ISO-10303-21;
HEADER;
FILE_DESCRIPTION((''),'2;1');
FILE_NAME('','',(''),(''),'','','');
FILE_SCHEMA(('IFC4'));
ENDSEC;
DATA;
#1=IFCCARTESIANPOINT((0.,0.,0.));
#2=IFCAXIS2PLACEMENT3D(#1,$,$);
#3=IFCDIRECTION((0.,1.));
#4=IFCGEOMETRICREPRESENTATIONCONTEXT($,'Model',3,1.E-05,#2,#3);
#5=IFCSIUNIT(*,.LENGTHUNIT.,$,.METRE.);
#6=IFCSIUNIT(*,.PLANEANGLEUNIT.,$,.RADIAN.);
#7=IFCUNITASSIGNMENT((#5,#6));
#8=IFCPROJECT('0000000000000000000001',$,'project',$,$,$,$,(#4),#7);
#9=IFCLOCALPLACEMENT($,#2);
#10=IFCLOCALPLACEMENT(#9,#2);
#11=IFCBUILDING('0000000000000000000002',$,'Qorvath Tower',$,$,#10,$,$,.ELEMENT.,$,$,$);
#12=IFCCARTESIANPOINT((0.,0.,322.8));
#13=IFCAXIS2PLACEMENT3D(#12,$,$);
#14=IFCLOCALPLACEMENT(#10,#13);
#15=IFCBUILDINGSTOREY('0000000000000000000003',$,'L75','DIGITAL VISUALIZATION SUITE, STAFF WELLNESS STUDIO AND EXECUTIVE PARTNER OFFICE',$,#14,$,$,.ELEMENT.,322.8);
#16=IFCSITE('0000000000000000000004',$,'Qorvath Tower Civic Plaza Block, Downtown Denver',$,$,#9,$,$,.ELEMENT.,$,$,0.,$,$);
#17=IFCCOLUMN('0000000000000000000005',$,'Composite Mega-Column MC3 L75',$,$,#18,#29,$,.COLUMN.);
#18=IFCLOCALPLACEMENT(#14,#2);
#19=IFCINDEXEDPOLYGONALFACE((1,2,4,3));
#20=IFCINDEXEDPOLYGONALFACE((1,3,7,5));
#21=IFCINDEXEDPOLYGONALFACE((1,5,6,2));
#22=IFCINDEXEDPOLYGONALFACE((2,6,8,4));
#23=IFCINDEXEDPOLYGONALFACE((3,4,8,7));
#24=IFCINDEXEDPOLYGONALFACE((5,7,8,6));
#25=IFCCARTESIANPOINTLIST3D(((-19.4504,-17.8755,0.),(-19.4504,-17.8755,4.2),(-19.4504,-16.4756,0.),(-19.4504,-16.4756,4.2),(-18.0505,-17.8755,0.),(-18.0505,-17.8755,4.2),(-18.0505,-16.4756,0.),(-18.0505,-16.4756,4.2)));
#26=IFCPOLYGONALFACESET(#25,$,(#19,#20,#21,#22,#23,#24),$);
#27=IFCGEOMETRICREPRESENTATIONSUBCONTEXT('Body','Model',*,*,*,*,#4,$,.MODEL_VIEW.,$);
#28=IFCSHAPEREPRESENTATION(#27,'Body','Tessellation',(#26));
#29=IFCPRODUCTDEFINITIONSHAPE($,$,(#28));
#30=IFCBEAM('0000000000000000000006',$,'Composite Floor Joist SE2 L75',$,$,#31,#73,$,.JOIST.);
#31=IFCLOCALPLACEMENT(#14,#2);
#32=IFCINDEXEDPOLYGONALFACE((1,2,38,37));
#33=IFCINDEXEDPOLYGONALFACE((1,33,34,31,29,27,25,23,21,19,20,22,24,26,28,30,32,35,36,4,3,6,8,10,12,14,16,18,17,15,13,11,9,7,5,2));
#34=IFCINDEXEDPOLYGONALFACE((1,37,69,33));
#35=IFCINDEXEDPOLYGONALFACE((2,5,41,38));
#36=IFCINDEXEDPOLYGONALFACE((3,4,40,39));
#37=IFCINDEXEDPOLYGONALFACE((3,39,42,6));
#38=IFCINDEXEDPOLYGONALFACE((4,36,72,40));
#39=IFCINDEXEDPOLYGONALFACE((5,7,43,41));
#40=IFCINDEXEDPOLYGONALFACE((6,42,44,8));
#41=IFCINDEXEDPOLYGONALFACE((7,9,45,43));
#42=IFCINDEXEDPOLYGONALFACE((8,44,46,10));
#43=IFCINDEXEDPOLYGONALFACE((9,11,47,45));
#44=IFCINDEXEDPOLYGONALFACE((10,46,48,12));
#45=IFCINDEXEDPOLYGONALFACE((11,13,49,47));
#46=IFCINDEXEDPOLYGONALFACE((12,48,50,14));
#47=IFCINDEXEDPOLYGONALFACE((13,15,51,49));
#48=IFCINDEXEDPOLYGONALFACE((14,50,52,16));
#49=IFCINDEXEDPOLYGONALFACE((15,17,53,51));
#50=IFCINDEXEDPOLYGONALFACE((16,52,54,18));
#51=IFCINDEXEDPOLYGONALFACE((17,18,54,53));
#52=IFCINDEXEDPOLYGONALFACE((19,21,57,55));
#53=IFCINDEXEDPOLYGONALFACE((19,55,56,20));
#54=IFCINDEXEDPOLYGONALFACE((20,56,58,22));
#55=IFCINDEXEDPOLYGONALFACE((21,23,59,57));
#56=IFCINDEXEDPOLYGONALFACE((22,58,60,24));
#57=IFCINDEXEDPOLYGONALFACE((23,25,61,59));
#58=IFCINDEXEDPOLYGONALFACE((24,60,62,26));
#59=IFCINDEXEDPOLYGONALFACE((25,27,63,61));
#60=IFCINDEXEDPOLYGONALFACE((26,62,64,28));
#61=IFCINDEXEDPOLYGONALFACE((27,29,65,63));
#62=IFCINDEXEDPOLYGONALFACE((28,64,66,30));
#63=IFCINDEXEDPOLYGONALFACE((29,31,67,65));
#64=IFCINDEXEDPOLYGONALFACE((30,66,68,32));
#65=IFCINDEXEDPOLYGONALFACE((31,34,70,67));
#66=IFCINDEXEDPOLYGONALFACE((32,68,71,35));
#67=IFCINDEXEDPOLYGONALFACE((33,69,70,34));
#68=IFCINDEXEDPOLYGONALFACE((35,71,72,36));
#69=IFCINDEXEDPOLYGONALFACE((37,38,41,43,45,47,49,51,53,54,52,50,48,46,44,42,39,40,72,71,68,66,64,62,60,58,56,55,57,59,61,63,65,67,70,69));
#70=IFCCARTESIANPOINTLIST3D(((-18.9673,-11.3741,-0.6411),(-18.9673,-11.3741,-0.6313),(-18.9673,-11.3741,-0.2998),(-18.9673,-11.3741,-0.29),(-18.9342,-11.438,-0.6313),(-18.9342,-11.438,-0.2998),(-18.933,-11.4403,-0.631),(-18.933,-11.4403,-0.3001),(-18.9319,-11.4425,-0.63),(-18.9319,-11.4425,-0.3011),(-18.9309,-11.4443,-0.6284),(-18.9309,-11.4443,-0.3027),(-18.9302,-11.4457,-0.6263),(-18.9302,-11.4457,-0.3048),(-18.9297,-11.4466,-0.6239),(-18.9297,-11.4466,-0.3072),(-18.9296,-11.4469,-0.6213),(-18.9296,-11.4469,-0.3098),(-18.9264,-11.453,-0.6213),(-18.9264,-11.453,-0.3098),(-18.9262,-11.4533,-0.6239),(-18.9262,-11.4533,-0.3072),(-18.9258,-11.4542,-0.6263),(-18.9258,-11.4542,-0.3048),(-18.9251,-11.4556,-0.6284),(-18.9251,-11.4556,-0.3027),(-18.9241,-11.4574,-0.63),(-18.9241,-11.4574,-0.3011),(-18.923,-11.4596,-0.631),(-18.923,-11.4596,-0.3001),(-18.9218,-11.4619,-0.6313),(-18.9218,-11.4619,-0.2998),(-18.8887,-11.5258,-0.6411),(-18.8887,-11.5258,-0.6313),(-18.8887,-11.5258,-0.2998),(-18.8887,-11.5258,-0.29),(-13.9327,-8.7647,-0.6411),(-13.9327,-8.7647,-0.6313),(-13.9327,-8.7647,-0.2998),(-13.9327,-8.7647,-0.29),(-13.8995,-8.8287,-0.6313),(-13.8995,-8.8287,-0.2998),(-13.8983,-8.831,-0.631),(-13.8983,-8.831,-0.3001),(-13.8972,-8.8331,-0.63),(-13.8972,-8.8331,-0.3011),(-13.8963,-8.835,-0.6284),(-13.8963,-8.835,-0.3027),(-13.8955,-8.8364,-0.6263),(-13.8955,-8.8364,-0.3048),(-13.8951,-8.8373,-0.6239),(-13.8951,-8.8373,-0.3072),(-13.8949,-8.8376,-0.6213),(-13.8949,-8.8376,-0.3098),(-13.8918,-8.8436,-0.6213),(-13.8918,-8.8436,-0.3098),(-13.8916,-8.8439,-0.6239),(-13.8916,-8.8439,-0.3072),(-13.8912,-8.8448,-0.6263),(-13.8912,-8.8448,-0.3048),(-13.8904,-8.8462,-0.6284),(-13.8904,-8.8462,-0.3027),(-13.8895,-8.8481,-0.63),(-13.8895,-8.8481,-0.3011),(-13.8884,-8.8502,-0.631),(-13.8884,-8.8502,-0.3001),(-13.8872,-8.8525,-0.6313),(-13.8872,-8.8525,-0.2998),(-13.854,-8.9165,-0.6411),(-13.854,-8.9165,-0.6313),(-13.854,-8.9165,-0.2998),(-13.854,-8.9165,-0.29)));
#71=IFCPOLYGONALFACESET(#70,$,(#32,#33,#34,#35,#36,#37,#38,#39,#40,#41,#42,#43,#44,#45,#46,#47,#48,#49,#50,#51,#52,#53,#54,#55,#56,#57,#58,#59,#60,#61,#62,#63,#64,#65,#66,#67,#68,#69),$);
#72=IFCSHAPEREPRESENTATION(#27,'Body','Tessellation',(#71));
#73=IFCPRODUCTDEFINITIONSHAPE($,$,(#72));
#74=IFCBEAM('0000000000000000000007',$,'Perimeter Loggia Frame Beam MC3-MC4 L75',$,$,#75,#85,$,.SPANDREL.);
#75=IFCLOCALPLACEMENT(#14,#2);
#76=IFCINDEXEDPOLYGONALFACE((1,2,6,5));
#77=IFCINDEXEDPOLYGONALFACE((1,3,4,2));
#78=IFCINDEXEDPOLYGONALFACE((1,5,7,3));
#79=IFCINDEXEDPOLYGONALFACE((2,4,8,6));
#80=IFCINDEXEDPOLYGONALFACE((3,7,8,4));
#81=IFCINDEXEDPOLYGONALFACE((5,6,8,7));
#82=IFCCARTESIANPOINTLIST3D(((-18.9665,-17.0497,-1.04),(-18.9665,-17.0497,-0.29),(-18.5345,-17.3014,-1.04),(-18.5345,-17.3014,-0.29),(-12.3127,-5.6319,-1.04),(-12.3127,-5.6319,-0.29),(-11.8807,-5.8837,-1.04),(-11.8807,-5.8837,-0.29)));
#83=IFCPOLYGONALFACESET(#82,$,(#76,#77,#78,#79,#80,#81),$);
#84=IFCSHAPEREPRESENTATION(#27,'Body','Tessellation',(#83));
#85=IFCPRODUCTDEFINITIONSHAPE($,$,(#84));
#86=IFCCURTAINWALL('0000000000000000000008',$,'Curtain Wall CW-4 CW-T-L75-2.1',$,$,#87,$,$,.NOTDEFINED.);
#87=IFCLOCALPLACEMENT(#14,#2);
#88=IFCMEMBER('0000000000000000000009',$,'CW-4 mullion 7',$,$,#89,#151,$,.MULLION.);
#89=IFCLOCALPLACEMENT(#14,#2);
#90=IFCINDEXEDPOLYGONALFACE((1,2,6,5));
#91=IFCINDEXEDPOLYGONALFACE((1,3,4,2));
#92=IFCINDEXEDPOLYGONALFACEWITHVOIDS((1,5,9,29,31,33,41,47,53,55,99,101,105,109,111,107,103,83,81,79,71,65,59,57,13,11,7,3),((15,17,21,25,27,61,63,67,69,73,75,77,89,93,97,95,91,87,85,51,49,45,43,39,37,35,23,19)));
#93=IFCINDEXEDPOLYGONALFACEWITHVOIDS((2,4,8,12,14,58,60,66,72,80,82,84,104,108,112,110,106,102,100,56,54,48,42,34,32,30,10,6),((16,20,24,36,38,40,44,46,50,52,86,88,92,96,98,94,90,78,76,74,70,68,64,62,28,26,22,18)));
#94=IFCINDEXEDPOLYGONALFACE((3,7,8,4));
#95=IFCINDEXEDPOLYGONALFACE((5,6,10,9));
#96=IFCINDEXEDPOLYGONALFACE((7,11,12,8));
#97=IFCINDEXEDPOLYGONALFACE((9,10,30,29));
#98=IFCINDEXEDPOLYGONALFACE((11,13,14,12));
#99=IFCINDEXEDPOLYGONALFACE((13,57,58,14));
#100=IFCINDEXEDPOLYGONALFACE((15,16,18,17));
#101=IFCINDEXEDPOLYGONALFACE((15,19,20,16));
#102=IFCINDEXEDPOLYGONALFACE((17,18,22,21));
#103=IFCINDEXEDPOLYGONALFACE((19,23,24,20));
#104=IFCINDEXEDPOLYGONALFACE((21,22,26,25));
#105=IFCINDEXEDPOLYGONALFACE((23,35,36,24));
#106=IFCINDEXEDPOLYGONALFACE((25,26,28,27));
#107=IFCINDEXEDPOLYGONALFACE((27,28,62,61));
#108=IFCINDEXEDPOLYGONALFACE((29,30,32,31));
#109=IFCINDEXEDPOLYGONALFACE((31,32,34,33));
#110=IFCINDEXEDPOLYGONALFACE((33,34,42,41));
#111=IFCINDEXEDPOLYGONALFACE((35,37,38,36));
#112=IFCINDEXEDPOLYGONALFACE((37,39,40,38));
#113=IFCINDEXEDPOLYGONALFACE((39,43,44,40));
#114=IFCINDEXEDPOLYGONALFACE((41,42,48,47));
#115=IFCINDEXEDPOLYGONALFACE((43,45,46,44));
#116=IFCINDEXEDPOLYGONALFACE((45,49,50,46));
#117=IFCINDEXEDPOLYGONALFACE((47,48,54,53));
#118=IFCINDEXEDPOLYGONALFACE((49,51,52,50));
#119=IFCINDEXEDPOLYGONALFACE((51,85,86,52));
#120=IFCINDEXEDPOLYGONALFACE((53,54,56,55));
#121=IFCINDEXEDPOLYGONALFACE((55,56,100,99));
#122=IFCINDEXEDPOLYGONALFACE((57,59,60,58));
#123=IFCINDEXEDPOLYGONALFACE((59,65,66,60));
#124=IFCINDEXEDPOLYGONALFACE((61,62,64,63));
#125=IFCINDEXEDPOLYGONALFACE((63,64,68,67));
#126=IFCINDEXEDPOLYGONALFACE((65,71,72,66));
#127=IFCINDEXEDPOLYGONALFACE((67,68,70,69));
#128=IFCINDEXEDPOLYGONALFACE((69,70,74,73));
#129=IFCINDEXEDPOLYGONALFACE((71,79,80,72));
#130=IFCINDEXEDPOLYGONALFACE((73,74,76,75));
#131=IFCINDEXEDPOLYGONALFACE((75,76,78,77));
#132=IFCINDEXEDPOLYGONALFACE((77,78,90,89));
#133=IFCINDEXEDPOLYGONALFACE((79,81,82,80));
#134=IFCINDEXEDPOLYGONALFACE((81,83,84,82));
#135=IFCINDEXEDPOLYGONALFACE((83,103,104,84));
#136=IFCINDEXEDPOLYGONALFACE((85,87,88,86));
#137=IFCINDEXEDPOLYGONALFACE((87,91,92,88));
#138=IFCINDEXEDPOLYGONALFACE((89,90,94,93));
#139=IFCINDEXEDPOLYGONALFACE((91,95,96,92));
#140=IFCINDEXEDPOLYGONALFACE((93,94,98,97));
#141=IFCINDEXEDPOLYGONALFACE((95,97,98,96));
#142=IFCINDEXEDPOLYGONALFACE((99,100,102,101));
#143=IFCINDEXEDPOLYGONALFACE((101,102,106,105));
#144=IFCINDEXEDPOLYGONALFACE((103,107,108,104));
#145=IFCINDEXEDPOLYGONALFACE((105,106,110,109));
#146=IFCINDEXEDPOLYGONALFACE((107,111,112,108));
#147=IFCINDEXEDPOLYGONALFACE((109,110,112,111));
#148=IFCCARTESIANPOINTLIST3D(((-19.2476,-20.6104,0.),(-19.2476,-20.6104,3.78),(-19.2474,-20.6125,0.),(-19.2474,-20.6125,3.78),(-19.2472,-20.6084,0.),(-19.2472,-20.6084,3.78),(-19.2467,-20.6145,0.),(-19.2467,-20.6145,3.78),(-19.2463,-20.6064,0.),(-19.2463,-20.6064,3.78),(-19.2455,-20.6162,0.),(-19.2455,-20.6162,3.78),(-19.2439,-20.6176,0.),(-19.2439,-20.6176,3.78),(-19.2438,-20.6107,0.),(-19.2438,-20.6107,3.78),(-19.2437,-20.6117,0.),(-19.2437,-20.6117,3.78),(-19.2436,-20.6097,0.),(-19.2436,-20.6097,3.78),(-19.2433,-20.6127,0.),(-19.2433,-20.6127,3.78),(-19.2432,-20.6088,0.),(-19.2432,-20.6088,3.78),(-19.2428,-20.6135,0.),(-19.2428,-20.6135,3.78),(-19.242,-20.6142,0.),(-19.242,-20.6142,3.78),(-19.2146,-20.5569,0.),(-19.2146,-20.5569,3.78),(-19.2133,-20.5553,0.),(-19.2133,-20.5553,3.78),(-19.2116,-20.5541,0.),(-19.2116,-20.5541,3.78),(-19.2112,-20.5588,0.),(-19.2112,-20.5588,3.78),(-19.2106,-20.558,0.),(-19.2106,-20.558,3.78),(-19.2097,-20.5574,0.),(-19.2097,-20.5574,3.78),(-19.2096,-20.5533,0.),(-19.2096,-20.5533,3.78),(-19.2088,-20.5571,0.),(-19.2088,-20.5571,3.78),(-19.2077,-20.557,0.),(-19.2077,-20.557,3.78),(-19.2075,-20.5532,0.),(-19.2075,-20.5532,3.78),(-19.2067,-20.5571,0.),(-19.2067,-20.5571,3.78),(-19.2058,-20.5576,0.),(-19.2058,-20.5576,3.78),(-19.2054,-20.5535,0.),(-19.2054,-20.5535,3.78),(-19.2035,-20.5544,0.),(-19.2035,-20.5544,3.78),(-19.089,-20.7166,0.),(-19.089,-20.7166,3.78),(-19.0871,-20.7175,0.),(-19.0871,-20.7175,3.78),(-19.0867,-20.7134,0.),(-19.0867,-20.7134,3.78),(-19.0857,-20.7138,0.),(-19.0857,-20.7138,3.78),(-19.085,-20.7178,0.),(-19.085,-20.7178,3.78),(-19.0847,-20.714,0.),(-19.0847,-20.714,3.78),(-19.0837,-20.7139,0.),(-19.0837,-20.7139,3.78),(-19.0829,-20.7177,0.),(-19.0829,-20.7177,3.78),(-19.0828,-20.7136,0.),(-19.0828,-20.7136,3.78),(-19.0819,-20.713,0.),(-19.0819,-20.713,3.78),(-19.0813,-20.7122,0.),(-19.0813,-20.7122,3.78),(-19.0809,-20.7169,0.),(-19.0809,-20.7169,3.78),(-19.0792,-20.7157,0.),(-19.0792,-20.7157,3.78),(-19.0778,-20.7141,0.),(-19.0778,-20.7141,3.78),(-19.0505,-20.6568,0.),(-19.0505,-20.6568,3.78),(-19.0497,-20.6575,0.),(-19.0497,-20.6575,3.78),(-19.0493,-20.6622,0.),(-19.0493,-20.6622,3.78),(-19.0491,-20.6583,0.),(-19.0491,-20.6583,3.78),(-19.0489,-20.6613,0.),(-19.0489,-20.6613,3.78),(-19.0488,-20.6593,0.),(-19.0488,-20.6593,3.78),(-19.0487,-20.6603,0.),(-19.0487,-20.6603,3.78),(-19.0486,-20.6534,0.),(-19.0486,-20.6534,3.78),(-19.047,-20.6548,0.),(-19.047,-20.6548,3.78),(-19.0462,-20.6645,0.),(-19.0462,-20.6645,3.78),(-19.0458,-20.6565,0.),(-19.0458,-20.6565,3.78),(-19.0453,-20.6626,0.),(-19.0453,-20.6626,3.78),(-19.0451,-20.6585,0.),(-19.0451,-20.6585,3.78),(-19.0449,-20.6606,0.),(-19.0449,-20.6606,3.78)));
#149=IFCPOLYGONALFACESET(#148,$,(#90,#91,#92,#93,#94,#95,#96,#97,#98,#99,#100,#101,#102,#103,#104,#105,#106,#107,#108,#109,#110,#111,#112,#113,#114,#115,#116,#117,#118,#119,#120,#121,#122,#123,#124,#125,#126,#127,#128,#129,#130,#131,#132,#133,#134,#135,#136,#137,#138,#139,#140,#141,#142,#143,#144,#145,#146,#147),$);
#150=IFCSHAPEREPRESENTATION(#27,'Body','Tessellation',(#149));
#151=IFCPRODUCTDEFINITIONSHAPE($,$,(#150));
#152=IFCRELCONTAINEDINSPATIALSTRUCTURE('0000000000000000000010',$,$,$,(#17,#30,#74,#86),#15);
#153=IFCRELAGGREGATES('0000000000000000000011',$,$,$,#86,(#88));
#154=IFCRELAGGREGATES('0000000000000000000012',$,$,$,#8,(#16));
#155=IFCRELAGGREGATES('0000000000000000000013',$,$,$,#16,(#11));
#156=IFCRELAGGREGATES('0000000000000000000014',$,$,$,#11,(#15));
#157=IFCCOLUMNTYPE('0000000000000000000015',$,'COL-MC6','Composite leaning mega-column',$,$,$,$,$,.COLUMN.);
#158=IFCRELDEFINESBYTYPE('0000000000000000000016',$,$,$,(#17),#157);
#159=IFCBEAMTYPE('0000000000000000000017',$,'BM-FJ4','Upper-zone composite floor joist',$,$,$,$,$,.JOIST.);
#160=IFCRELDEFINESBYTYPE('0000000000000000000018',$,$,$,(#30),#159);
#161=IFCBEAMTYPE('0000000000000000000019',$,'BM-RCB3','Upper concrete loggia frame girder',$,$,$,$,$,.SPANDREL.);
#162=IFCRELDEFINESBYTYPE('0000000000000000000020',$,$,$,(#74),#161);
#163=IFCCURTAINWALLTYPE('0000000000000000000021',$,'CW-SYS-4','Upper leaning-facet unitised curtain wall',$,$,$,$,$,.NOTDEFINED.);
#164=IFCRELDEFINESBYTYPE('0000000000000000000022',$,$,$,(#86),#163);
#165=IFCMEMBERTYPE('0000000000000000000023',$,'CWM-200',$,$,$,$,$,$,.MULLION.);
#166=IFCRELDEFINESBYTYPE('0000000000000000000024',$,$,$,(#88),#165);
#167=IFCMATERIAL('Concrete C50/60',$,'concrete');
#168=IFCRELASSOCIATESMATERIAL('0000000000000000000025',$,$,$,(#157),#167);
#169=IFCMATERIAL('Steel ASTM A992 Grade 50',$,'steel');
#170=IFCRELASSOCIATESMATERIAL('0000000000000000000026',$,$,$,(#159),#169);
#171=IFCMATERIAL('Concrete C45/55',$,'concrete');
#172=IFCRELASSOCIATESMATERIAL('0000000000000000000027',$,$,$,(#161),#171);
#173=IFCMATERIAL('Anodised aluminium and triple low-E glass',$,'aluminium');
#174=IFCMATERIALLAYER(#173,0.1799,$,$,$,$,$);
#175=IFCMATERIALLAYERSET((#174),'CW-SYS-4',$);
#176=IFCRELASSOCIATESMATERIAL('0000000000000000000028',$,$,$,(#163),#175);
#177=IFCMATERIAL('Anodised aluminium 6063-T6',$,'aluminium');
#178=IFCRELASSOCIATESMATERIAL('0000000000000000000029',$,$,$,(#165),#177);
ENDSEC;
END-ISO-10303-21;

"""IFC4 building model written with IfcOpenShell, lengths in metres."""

from ifc_helpers import new_model, si_unit, direction, frame, origin, origin_2d, place, context, subcontext, project, spatial, rectangle, hollow_rectangle, i_section, extrude, material, layer, layer_set, material_profile, profile_set, type_object, element, aggregate, save


model = new_model("IFC4")

# Units and contexts
model_context = context("Model", 3, precision=1e-05, world=origin(), true_north=direction((0.0, 1.0)))
body_context = subcontext(model_context, "Body", "Model", "MODEL_VIEW")
ifc_project = project(units=[si_unit("LENGTHUNIT", "METRE"), si_unit("PLANEANGLEUNIT", "RADIAN")], contexts=[model_context])

# Site, building, storey
site_placement = place(None, origin())
site = spatial("IfcSite", under=ifc_project, at=site_placement, Name="Qorvath Tower Civic Plaza Block, Downtown Denver", CompositionType="ELEMENT", RefElevation=0.0)
building_placement = place(site_placement, origin())
building = spatial("IfcBuilding", under=site, at=building_placement, Name="Qorvath Tower", CompositionType="ELEMENT")
storey_placement = place(building_placement, frame((0.0, 0.0, 322.8)))
storey = spatial("IfcBuildingStorey", under=building, at=storey_placement, Name="L75", Description="DIGITAL VISUALIZATION SUITE, STAFF WELLNESS STUDIO AND EXECUTIVE PARTNER OFFICE", CompositionType="ELEMENT", Elevation=322.8)

# Column
ifc_material_1 = material(Name="Concrete C50/60", Category="concrete")
ifc_material_profile_1 = material_profile(ifc_material_1, rectangle(XDim=1.3999, YDim=1.3999, at=origin_2d()), Name="MC 1400x1400")
ifc_profile_set_1 = profile_set([ifc_material_profile_1], Name="Concrete C50/60")
column_type = type_object("IfcColumnType", Name="COL-MC6", Description="Composite leaning mega-column", PredefinedType="COLUMN", material=ifc_profile_set_1)
column_placement = place(storey_placement, frame((-18.7505, -17.1755, 0.0), z_axis=(0.0, 0.0, 1.0), x_axis=(1.0, 0.0, 0.0)))
element("IfcColumn", 1, at=column_placement, inside=storey, type_object=column_type, Name="Composite Mega-Column MC3 L75", PredefinedType="COLUMN", context=body_context, shape_type="SweptSolid", body=[
    extrude(rectangle(XDim=1.3999, YDim=1.3999, at=origin_2d()), origin(), (0.0, 0.0, 1.0), 4.2),
])

# Beams
ifc_material_2 = material(Name="Steel ASTM A992 Grade 50", Category="steel")
ifc_material_profile_2 = material_profile(ifc_material_2, i_section(OverallWidth=0.1709, OverallDepth=0.3511, WebThickness=0.0068, FlangeThickness=0.0098, FilletRadius=0.01, at=origin_2d()), Name="W14x30")
ifc_profile_set_2 = profile_set([ifc_material_profile_2], Name="Steel ASTM A992 Grade 50")
beam_type_1 = type_object("IfcBeamType", Name="BM-FJ4", Description="Upper-zone composite floor joist", PredefinedType="JOIST", material=ifc_profile_set_2)
beam_1_placement = place(storey_placement, frame((-18.928, -11.45, -0.4656), z_axis=(0.887841, 0.460151, 0.0), x_axis=(-0.460151, 0.887841, 0.0)))
element("IfcBeam", 2, at=beam_1_placement, inside=storey, type_object=beam_type_1, Name="Composite Floor Joist SE2 L75", PredefinedType="JOIST", context=body_context, shape_type="SweptSolid", body=[
    extrude(i_section(OverallWidth=0.1709, OverallDepth=0.3511, WebThickness=0.0068, FlangeThickness=0.0098, FilletRadius=0.01, at=origin_2d()), origin(), (0.0, 0.0, 1.0), 5.6707),
])
ifc_material_3 = material(Name="Concrete C45/55", Category="concrete")
ifc_material_profile_3 = material_profile(ifc_material_3, rectangle(XDim=0.5, YDim=0.75, at=origin_2d()), Name="RCB 750x500")
ifc_profile_set_3 = profile_set([ifc_material_profile_3], Name="Concrete C45/55")
beam_type_2 = type_object("IfcBeamType", Name="BM-RCB3", Description="Upper concrete loggia frame girder", PredefinedType="SPANDREL", material=ifc_profile_set_3)
beam_2_placement = place(storey_placement, frame((-18.7505, -17.1755, -0.665), z_axis=(0.503502, 0.863994, 0.0), x_axis=(-0.863994, 0.503502, 0.0)))
element("IfcBeam", 3, at=beam_2_placement, inside=storey, type_object=beam_type_2, Name="Perimeter Loggia Frame Beam MC3-MC4 L75", PredefinedType="SPANDREL", context=body_context, shape_type="SweptSolid", body=[
    extrude(rectangle(XDim=0.5, YDim=0.75, at=origin_2d()), origin(), (0.0, 0.0, 1.0), 13.2151),
])

# Curtain wall, member
ifc_material_4 = material(Name="Anodised aluminium and triple low-E glass", Category="aluminium")
ifc_layer_1 = layer(ifc_material_4, 0.1799)
ifc_layer_set_1 = layer_set([ifc_layer_1], Name="CW-SYS-4")
curtain_wall_type = type_object("IfcCurtainWallType", Name="CW-SYS-4", Description="Upper leaning-facet unitised curtain wall", PredefinedType="NOTDEFINED", material=ifc_layer_set_1)
curtain_wall_1_placement = place(storey_placement, origin())
curtain_wall_1 = element("IfcCurtainWall", 4, at=curtain_wall_1_placement, inside=storey, type_object=curtain_wall_type, Name="Curtain Wall CW-4 CW-T-L75-2.1", PredefinedType="NOTDEFINED")
ifc_material_5 = material(Name="Anodised aluminium 6063-T6", Category="aluminium")
ifc_material_profile_4 = material_profile(ifc_material_5, hollow_rectangle(XDim=0.075, YDim=0.2, WallThickness=0.0039, InnerFilletRadius=0.0039, OuterFilletRadius=0.0081, at=origin_2d()), Name="CWM 200x75")
ifc_profile_set_4 = profile_set([ifc_material_profile_4], Name="Anodised aluminium 6063-T6")
member_type_1 = type_object("IfcMemberType", Name="CWM-200", PredefinedType="MULLION", material=ifc_profile_set_4)
member_1_placement = place(storey_placement, frame((-19.1462, -20.6355, 0.0), z_axis=(0.0, 0.0, 1.0), x_axis=(0.538536, 0.842603, 0.0)))
member_1 = element("IfcMember", 5, at=member_1_placement, type_object=member_type_1, Name="CW-4 mullion 7", PredefinedType="MULLION", context=body_context, shape_type="SweptSolid", body=[
    extrude(hollow_rectangle(XDim=0.075, YDim=0.2, WallThickness=0.0039, InnerFilletRadius=0.0039, OuterFilletRadius=0.0081, at=origin_2d()), origin(), (0.0, 0.0, 1.0), 3.78),
])
aggregate(curtain_wall_1, [member_1])

save(model, "model.ifc")
